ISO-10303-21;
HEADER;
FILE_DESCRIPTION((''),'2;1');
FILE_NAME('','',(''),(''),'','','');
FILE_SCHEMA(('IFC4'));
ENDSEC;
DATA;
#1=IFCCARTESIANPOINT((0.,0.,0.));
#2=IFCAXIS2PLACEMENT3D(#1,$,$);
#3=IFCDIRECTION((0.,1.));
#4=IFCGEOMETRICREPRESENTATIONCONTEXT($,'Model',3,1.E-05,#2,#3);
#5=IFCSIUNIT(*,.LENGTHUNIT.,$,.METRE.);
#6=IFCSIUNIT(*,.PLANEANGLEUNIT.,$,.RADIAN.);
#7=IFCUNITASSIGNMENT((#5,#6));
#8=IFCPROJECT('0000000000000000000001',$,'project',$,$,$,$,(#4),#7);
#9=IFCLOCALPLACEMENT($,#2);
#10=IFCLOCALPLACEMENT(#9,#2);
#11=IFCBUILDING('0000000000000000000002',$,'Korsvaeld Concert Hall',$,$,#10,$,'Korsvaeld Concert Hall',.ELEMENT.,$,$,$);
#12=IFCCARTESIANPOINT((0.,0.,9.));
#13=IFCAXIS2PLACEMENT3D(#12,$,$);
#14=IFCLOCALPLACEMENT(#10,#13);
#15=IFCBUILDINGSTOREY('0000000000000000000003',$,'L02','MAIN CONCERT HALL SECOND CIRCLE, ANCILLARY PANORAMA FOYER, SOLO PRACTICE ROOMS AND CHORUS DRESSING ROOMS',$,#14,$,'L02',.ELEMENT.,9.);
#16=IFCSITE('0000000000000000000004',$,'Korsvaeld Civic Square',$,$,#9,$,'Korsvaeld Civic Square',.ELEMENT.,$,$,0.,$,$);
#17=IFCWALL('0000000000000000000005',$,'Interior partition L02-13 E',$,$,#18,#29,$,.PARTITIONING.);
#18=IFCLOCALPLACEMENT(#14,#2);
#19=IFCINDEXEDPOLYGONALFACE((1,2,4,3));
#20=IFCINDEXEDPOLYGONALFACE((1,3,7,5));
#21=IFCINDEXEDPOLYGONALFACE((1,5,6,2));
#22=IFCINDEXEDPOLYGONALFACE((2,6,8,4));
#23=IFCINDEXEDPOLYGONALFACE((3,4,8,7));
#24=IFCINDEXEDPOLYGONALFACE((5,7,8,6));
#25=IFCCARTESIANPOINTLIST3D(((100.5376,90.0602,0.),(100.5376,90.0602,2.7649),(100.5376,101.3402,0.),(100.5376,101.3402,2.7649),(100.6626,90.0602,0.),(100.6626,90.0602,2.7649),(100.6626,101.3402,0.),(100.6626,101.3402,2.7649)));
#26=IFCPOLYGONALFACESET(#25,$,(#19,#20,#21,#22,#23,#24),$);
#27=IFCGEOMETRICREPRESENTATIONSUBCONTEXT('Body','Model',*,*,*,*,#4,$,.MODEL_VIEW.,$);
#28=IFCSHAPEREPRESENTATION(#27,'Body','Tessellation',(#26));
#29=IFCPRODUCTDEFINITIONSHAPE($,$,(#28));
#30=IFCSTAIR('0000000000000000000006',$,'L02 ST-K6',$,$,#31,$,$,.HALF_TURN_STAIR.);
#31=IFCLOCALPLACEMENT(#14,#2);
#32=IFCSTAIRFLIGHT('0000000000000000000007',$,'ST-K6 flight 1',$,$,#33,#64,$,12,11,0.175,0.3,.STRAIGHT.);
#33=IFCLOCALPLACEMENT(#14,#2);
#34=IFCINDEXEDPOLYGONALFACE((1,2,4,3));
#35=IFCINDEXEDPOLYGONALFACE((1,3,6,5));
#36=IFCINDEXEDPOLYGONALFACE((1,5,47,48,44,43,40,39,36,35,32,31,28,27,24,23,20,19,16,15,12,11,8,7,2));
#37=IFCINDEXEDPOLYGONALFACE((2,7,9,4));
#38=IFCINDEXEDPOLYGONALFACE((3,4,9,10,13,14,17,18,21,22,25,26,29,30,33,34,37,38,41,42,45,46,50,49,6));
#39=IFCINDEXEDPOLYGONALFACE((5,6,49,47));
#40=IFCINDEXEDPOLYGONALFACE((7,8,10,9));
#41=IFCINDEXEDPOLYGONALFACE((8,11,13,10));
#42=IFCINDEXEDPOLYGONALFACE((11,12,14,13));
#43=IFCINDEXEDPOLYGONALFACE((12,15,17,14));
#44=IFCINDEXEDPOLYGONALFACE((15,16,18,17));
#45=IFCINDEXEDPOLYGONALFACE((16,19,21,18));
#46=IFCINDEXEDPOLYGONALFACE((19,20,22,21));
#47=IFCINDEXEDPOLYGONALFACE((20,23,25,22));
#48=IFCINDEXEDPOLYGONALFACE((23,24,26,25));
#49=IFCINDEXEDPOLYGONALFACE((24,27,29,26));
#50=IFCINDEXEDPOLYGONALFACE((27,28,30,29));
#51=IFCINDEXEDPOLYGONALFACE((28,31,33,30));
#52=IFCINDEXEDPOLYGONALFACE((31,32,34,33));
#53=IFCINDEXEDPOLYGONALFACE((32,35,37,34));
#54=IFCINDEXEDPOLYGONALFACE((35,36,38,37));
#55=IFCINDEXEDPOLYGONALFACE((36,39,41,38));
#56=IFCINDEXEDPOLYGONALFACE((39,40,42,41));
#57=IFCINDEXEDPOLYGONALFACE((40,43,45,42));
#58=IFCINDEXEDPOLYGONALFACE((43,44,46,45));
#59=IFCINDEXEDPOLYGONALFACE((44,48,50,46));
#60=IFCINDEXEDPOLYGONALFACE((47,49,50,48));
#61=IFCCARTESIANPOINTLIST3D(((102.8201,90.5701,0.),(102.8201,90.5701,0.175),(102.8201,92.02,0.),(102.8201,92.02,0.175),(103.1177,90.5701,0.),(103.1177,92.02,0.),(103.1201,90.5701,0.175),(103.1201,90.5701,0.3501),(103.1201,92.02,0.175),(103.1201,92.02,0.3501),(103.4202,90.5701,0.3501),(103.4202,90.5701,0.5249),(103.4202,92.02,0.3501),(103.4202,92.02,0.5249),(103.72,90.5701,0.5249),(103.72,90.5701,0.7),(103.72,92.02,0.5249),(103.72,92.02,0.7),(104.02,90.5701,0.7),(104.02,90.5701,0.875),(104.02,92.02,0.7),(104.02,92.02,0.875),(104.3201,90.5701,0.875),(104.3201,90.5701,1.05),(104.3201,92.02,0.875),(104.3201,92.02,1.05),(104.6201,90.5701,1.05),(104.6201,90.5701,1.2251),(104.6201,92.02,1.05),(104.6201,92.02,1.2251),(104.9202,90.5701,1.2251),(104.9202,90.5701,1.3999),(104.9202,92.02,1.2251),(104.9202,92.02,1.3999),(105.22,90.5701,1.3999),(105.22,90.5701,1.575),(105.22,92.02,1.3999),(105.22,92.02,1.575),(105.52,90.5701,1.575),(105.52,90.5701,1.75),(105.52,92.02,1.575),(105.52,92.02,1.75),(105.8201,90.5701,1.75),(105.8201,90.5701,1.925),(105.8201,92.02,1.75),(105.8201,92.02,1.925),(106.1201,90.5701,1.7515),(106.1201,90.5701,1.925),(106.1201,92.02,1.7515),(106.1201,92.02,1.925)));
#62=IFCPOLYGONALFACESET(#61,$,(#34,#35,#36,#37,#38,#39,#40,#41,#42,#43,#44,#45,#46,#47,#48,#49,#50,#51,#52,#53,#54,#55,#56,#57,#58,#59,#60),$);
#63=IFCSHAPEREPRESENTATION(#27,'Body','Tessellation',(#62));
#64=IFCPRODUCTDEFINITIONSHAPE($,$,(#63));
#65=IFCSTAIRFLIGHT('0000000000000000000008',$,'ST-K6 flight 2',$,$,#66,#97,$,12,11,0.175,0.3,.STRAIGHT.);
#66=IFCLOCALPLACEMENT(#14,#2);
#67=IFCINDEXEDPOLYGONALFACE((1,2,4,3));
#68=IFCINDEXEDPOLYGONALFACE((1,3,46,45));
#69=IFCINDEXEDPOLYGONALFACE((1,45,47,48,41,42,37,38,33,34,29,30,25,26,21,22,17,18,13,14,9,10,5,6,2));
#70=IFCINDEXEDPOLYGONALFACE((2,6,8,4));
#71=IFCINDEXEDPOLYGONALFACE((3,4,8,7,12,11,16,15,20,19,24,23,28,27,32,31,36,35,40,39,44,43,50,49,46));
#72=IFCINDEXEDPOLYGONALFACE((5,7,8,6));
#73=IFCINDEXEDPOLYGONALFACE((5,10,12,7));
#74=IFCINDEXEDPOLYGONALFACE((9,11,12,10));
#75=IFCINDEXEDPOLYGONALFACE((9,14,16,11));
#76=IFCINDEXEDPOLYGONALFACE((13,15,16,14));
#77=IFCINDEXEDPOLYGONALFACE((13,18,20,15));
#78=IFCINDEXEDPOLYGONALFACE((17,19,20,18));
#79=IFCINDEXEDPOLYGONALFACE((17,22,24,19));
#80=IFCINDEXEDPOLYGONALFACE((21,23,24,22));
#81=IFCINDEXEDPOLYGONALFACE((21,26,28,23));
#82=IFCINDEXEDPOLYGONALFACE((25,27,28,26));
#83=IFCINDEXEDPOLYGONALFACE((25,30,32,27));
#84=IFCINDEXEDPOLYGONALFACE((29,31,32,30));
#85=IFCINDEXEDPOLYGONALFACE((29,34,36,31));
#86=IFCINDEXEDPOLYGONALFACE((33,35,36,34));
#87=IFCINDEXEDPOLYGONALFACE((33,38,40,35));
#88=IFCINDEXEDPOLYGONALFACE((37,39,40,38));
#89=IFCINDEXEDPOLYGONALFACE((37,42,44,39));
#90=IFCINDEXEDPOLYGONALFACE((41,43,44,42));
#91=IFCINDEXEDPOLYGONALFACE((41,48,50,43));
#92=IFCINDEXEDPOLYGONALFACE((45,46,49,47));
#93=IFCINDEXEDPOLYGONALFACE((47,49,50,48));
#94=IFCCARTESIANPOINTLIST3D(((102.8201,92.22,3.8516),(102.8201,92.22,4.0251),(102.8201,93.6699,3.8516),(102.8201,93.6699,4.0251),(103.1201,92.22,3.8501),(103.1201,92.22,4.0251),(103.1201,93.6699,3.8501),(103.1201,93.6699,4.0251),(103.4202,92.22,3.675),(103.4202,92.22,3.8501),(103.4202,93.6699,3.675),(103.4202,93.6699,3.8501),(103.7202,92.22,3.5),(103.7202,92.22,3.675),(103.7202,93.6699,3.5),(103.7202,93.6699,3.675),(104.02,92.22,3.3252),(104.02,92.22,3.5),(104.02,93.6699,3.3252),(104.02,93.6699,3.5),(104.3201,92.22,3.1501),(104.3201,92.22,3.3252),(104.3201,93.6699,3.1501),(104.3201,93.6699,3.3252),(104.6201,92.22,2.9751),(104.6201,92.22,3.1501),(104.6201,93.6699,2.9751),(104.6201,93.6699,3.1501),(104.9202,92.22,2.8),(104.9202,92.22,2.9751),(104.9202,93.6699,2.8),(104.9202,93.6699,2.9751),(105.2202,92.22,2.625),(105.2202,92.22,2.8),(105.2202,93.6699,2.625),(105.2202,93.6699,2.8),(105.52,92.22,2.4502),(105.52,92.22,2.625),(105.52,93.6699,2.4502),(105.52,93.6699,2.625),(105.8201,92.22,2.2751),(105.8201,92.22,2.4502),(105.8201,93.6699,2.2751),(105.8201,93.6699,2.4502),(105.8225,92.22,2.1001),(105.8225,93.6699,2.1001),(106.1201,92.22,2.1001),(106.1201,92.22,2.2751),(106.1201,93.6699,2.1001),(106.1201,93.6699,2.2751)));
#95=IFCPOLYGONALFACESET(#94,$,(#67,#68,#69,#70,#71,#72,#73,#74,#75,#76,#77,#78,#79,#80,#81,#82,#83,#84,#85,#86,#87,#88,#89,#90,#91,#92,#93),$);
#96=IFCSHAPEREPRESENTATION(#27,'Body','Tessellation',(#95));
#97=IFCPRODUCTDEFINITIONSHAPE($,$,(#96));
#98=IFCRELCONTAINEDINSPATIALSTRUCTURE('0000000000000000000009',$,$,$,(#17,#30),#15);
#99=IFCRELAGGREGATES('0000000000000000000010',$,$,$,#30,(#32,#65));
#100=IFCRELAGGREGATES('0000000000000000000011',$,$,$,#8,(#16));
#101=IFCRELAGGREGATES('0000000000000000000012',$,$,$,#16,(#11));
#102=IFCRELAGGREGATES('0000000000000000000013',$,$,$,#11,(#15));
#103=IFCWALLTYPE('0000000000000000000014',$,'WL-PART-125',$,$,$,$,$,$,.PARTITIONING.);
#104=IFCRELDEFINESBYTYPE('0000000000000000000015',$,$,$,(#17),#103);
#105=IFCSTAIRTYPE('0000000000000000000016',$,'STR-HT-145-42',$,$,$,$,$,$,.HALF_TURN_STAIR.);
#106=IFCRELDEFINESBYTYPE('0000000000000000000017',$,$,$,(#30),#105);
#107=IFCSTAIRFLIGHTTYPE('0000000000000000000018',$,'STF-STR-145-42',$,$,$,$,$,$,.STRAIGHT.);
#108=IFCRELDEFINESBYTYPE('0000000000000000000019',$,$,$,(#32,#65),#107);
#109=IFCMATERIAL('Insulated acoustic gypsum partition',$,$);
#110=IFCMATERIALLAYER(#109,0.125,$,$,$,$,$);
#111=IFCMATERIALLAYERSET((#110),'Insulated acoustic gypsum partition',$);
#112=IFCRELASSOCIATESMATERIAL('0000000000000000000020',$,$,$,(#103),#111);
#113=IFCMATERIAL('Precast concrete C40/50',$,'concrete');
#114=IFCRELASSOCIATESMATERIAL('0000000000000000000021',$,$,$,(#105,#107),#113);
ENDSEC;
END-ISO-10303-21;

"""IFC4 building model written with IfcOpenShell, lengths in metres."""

from ifc_helpers import new_model, si_unit, direction, frame, frame_2d, origin, place, context, subcontext, project, spatial, polyline, rectangle, outline, extrude, material, layer, layer_set, type_object, element, aggregate, save


model = new_model("IFC4")

# Units and contexts
model_context = context("Model", 3, precision=1e-05, world=origin(), true_north=direction((0.0, 1.0)))
body_context = subcontext(model_context, "Body", "Model", "MODEL_VIEW")
ifc_project = project(units=[si_unit("LENGTHUNIT", "METRE"), si_unit("PLANEANGLEUNIT", "RADIAN")], contexts=[model_context])

# Site, building, storey
site_placement = place(None, origin())
site = spatial("IfcSite", under=ifc_project, at=site_placement, Name="Korsvaeld Civic Square", LongName="Korsvaeld Civic Square", CompositionType="ELEMENT", RefElevation=0.0)
building_placement = place(site_placement, origin())
building = spatial("IfcBuilding", under=site, at=building_placement, Name="Korsvaeld Concert Hall", LongName="Korsvaeld Concert Hall", CompositionType="ELEMENT")
storey_placement = place(building_placement, frame((0.0, 0.0, 9.0)))
storey = spatial("IfcBuildingStorey", under=building, at=storey_placement, Name="L02", Description="MAIN CONCERT HALL SECOND CIRCLE, ANCILLARY PANORAMA FOYER, SOLO PRACTICE ROOMS AND CHORUS DRESSING ROOMS", LongName="L02", CompositionType="ELEMENT", Elevation=9.0)

# Wall
ifc_material_1 = material(Name="Insulated acoustic gypsum partition")
ifc_layer_1 = layer(ifc_material_1, 0.125)
ifc_layer_set_1 = layer_set([ifc_layer_1], Name="Insulated acoustic gypsum partition")
wall_type_1 = type_object("IfcWallType", Name="WL-PART-125", PredefinedType="PARTITIONING", material=ifc_layer_set_1)
wall_1_placement = place(storey_placement, frame((100.6001, 90.0601, 0.0), z_axis=(0.0, 0.0, 1.0), x_axis=(0.0, 1.0, 0.0)))
element("IfcWall", 1, at=wall_1_placement, inside=storey, type_object=wall_type_1, Name="Interior partition L02-13 E", PredefinedType="PARTITIONING", context=body_context, shape_type="SweptSolid", body=[
    extrude(rectangle(XDim=11.28, YDim=0.125, at=frame_2d((5.6401, 0.0))), origin(), (0.0, 0.0, 1.0), 2.7649),
])

# Stair, stair flights
ifc_material_2 = material(Name="Precast concrete C40/50", Category="concrete")
stair_type = type_object("IfcStairType", Name="STR-HT-145-42", PredefinedType="HALF_TURN_STAIR", material=ifc_material_2)
stair_placement = place(storey_placement, origin())
stair = element("IfcStair", 2, at=stair_placement, inside=storey, type_object=stair_type, Name="L02 ST-K6", PredefinedType="HALF_TURN_STAIR")
stair_flight_type = type_object("IfcStairFlightType", Name="STF-STR-145-42", PredefinedType="STRAIGHT", material=ifc_material_2)
stair_flight_1_placement = place(storey_placement, frame((102.8201, 91.2949, 0.0), z_axis=(0.0, 0.0, 1.0), x_axis=(1.0, 0.0, 0.0)))
stair_flight_1 = element("IfcStairFlight", 3, at=stair_flight_1_placement, type_object=stair_flight_type, Name="ST-K6 flight 1", NumberOfRisers=12, NumberOfTreads=11, PredefinedType="STRAIGHT", RiserHeight=0.175, TreadLength=0.3, context=body_context, shape_type="SweptSolid", body=[
    extrude(outline(polyline([(0.0, 0.0), (0.0, 0.175), (0.3, 0.175), (0.3, 0.3501), (0.6001, 0.3501), (0.6001, 0.5249), (0.8999, 0.5249), (0.8999, 0.7), (1.2, 0.7), (1.2, 0.875), (1.5, 0.875), (1.5, 1.05), (1.8, 1.05), (1.8, 1.2251), (2.1001, 1.2251), (2.1001, 1.3999), (2.3999, 1.3999), (2.3999, 1.575), (2.7, 1.575), (2.7, 1.75), (3.0, 1.75), (3.0, 1.925), (3.3, 1.925), (3.3, 2.1001), (3.3, 1.7515), (0.2976, 0.0), (0.0, 0.0)])), frame((0.0, 0.7251, 0.0), z_axis=(0.0, -1.0, 0.0), x_axis=(1.0, 0.0, 0.0)), (0.0, 0.0, 1.0), 1.45),
])
stair_flight_2_placement = place(storey_placement, frame((106.1201, 92.9451, 2.1001), z_axis=(0.0, 0.0, 1.0), x_axis=(-1.0, 0.0, 0.0)))
stair_flight_2 = element("IfcStairFlight", 4, at=stair_flight_2_placement, type_object=stair_flight_type, Name="ST-K6 flight 2", NumberOfRisers=12, NumberOfTreads=11, PredefinedType="STRAIGHT", RiserHeight=0.175, TreadLength=0.3, context=body_context, shape_type="SweptSolid", body=[
    extrude(outline(polyline([(0.0, 0.0), (0.0, 0.175), (0.3, 0.175), (0.3, 0.3501), (0.6001, 0.3501), (0.6001, 0.5249), (0.8999, 0.5249), (0.8999, 0.7), (1.2, 0.7), (1.2, 0.875), (1.5, 0.875), (1.5, 1.05), (1.8, 1.05), (1.8, 1.2251), (2.1001, 1.2251), (2.1001, 1.3999), (2.3999, 1.3999), (2.3999, 1.575), (2.7, 1.575), (2.7, 1.75), (3.0, 1.75), (3.0, 1.925), (3.3, 1.925), (3.3, 2.1001), (3.3, 1.7515), (0.2976, 0.0), (0.0, 0.0)])), frame((0.0, 0.7251, 0.0), z_axis=(0.0, -1.0, 0.0), x_axis=(1.0, 0.0, 0.0)), (0.0, 0.0, 1.0), 1.45),
])
aggregate(stair, [stair_flight_1, stair_flight_2])

save(model, "model.ifc")
